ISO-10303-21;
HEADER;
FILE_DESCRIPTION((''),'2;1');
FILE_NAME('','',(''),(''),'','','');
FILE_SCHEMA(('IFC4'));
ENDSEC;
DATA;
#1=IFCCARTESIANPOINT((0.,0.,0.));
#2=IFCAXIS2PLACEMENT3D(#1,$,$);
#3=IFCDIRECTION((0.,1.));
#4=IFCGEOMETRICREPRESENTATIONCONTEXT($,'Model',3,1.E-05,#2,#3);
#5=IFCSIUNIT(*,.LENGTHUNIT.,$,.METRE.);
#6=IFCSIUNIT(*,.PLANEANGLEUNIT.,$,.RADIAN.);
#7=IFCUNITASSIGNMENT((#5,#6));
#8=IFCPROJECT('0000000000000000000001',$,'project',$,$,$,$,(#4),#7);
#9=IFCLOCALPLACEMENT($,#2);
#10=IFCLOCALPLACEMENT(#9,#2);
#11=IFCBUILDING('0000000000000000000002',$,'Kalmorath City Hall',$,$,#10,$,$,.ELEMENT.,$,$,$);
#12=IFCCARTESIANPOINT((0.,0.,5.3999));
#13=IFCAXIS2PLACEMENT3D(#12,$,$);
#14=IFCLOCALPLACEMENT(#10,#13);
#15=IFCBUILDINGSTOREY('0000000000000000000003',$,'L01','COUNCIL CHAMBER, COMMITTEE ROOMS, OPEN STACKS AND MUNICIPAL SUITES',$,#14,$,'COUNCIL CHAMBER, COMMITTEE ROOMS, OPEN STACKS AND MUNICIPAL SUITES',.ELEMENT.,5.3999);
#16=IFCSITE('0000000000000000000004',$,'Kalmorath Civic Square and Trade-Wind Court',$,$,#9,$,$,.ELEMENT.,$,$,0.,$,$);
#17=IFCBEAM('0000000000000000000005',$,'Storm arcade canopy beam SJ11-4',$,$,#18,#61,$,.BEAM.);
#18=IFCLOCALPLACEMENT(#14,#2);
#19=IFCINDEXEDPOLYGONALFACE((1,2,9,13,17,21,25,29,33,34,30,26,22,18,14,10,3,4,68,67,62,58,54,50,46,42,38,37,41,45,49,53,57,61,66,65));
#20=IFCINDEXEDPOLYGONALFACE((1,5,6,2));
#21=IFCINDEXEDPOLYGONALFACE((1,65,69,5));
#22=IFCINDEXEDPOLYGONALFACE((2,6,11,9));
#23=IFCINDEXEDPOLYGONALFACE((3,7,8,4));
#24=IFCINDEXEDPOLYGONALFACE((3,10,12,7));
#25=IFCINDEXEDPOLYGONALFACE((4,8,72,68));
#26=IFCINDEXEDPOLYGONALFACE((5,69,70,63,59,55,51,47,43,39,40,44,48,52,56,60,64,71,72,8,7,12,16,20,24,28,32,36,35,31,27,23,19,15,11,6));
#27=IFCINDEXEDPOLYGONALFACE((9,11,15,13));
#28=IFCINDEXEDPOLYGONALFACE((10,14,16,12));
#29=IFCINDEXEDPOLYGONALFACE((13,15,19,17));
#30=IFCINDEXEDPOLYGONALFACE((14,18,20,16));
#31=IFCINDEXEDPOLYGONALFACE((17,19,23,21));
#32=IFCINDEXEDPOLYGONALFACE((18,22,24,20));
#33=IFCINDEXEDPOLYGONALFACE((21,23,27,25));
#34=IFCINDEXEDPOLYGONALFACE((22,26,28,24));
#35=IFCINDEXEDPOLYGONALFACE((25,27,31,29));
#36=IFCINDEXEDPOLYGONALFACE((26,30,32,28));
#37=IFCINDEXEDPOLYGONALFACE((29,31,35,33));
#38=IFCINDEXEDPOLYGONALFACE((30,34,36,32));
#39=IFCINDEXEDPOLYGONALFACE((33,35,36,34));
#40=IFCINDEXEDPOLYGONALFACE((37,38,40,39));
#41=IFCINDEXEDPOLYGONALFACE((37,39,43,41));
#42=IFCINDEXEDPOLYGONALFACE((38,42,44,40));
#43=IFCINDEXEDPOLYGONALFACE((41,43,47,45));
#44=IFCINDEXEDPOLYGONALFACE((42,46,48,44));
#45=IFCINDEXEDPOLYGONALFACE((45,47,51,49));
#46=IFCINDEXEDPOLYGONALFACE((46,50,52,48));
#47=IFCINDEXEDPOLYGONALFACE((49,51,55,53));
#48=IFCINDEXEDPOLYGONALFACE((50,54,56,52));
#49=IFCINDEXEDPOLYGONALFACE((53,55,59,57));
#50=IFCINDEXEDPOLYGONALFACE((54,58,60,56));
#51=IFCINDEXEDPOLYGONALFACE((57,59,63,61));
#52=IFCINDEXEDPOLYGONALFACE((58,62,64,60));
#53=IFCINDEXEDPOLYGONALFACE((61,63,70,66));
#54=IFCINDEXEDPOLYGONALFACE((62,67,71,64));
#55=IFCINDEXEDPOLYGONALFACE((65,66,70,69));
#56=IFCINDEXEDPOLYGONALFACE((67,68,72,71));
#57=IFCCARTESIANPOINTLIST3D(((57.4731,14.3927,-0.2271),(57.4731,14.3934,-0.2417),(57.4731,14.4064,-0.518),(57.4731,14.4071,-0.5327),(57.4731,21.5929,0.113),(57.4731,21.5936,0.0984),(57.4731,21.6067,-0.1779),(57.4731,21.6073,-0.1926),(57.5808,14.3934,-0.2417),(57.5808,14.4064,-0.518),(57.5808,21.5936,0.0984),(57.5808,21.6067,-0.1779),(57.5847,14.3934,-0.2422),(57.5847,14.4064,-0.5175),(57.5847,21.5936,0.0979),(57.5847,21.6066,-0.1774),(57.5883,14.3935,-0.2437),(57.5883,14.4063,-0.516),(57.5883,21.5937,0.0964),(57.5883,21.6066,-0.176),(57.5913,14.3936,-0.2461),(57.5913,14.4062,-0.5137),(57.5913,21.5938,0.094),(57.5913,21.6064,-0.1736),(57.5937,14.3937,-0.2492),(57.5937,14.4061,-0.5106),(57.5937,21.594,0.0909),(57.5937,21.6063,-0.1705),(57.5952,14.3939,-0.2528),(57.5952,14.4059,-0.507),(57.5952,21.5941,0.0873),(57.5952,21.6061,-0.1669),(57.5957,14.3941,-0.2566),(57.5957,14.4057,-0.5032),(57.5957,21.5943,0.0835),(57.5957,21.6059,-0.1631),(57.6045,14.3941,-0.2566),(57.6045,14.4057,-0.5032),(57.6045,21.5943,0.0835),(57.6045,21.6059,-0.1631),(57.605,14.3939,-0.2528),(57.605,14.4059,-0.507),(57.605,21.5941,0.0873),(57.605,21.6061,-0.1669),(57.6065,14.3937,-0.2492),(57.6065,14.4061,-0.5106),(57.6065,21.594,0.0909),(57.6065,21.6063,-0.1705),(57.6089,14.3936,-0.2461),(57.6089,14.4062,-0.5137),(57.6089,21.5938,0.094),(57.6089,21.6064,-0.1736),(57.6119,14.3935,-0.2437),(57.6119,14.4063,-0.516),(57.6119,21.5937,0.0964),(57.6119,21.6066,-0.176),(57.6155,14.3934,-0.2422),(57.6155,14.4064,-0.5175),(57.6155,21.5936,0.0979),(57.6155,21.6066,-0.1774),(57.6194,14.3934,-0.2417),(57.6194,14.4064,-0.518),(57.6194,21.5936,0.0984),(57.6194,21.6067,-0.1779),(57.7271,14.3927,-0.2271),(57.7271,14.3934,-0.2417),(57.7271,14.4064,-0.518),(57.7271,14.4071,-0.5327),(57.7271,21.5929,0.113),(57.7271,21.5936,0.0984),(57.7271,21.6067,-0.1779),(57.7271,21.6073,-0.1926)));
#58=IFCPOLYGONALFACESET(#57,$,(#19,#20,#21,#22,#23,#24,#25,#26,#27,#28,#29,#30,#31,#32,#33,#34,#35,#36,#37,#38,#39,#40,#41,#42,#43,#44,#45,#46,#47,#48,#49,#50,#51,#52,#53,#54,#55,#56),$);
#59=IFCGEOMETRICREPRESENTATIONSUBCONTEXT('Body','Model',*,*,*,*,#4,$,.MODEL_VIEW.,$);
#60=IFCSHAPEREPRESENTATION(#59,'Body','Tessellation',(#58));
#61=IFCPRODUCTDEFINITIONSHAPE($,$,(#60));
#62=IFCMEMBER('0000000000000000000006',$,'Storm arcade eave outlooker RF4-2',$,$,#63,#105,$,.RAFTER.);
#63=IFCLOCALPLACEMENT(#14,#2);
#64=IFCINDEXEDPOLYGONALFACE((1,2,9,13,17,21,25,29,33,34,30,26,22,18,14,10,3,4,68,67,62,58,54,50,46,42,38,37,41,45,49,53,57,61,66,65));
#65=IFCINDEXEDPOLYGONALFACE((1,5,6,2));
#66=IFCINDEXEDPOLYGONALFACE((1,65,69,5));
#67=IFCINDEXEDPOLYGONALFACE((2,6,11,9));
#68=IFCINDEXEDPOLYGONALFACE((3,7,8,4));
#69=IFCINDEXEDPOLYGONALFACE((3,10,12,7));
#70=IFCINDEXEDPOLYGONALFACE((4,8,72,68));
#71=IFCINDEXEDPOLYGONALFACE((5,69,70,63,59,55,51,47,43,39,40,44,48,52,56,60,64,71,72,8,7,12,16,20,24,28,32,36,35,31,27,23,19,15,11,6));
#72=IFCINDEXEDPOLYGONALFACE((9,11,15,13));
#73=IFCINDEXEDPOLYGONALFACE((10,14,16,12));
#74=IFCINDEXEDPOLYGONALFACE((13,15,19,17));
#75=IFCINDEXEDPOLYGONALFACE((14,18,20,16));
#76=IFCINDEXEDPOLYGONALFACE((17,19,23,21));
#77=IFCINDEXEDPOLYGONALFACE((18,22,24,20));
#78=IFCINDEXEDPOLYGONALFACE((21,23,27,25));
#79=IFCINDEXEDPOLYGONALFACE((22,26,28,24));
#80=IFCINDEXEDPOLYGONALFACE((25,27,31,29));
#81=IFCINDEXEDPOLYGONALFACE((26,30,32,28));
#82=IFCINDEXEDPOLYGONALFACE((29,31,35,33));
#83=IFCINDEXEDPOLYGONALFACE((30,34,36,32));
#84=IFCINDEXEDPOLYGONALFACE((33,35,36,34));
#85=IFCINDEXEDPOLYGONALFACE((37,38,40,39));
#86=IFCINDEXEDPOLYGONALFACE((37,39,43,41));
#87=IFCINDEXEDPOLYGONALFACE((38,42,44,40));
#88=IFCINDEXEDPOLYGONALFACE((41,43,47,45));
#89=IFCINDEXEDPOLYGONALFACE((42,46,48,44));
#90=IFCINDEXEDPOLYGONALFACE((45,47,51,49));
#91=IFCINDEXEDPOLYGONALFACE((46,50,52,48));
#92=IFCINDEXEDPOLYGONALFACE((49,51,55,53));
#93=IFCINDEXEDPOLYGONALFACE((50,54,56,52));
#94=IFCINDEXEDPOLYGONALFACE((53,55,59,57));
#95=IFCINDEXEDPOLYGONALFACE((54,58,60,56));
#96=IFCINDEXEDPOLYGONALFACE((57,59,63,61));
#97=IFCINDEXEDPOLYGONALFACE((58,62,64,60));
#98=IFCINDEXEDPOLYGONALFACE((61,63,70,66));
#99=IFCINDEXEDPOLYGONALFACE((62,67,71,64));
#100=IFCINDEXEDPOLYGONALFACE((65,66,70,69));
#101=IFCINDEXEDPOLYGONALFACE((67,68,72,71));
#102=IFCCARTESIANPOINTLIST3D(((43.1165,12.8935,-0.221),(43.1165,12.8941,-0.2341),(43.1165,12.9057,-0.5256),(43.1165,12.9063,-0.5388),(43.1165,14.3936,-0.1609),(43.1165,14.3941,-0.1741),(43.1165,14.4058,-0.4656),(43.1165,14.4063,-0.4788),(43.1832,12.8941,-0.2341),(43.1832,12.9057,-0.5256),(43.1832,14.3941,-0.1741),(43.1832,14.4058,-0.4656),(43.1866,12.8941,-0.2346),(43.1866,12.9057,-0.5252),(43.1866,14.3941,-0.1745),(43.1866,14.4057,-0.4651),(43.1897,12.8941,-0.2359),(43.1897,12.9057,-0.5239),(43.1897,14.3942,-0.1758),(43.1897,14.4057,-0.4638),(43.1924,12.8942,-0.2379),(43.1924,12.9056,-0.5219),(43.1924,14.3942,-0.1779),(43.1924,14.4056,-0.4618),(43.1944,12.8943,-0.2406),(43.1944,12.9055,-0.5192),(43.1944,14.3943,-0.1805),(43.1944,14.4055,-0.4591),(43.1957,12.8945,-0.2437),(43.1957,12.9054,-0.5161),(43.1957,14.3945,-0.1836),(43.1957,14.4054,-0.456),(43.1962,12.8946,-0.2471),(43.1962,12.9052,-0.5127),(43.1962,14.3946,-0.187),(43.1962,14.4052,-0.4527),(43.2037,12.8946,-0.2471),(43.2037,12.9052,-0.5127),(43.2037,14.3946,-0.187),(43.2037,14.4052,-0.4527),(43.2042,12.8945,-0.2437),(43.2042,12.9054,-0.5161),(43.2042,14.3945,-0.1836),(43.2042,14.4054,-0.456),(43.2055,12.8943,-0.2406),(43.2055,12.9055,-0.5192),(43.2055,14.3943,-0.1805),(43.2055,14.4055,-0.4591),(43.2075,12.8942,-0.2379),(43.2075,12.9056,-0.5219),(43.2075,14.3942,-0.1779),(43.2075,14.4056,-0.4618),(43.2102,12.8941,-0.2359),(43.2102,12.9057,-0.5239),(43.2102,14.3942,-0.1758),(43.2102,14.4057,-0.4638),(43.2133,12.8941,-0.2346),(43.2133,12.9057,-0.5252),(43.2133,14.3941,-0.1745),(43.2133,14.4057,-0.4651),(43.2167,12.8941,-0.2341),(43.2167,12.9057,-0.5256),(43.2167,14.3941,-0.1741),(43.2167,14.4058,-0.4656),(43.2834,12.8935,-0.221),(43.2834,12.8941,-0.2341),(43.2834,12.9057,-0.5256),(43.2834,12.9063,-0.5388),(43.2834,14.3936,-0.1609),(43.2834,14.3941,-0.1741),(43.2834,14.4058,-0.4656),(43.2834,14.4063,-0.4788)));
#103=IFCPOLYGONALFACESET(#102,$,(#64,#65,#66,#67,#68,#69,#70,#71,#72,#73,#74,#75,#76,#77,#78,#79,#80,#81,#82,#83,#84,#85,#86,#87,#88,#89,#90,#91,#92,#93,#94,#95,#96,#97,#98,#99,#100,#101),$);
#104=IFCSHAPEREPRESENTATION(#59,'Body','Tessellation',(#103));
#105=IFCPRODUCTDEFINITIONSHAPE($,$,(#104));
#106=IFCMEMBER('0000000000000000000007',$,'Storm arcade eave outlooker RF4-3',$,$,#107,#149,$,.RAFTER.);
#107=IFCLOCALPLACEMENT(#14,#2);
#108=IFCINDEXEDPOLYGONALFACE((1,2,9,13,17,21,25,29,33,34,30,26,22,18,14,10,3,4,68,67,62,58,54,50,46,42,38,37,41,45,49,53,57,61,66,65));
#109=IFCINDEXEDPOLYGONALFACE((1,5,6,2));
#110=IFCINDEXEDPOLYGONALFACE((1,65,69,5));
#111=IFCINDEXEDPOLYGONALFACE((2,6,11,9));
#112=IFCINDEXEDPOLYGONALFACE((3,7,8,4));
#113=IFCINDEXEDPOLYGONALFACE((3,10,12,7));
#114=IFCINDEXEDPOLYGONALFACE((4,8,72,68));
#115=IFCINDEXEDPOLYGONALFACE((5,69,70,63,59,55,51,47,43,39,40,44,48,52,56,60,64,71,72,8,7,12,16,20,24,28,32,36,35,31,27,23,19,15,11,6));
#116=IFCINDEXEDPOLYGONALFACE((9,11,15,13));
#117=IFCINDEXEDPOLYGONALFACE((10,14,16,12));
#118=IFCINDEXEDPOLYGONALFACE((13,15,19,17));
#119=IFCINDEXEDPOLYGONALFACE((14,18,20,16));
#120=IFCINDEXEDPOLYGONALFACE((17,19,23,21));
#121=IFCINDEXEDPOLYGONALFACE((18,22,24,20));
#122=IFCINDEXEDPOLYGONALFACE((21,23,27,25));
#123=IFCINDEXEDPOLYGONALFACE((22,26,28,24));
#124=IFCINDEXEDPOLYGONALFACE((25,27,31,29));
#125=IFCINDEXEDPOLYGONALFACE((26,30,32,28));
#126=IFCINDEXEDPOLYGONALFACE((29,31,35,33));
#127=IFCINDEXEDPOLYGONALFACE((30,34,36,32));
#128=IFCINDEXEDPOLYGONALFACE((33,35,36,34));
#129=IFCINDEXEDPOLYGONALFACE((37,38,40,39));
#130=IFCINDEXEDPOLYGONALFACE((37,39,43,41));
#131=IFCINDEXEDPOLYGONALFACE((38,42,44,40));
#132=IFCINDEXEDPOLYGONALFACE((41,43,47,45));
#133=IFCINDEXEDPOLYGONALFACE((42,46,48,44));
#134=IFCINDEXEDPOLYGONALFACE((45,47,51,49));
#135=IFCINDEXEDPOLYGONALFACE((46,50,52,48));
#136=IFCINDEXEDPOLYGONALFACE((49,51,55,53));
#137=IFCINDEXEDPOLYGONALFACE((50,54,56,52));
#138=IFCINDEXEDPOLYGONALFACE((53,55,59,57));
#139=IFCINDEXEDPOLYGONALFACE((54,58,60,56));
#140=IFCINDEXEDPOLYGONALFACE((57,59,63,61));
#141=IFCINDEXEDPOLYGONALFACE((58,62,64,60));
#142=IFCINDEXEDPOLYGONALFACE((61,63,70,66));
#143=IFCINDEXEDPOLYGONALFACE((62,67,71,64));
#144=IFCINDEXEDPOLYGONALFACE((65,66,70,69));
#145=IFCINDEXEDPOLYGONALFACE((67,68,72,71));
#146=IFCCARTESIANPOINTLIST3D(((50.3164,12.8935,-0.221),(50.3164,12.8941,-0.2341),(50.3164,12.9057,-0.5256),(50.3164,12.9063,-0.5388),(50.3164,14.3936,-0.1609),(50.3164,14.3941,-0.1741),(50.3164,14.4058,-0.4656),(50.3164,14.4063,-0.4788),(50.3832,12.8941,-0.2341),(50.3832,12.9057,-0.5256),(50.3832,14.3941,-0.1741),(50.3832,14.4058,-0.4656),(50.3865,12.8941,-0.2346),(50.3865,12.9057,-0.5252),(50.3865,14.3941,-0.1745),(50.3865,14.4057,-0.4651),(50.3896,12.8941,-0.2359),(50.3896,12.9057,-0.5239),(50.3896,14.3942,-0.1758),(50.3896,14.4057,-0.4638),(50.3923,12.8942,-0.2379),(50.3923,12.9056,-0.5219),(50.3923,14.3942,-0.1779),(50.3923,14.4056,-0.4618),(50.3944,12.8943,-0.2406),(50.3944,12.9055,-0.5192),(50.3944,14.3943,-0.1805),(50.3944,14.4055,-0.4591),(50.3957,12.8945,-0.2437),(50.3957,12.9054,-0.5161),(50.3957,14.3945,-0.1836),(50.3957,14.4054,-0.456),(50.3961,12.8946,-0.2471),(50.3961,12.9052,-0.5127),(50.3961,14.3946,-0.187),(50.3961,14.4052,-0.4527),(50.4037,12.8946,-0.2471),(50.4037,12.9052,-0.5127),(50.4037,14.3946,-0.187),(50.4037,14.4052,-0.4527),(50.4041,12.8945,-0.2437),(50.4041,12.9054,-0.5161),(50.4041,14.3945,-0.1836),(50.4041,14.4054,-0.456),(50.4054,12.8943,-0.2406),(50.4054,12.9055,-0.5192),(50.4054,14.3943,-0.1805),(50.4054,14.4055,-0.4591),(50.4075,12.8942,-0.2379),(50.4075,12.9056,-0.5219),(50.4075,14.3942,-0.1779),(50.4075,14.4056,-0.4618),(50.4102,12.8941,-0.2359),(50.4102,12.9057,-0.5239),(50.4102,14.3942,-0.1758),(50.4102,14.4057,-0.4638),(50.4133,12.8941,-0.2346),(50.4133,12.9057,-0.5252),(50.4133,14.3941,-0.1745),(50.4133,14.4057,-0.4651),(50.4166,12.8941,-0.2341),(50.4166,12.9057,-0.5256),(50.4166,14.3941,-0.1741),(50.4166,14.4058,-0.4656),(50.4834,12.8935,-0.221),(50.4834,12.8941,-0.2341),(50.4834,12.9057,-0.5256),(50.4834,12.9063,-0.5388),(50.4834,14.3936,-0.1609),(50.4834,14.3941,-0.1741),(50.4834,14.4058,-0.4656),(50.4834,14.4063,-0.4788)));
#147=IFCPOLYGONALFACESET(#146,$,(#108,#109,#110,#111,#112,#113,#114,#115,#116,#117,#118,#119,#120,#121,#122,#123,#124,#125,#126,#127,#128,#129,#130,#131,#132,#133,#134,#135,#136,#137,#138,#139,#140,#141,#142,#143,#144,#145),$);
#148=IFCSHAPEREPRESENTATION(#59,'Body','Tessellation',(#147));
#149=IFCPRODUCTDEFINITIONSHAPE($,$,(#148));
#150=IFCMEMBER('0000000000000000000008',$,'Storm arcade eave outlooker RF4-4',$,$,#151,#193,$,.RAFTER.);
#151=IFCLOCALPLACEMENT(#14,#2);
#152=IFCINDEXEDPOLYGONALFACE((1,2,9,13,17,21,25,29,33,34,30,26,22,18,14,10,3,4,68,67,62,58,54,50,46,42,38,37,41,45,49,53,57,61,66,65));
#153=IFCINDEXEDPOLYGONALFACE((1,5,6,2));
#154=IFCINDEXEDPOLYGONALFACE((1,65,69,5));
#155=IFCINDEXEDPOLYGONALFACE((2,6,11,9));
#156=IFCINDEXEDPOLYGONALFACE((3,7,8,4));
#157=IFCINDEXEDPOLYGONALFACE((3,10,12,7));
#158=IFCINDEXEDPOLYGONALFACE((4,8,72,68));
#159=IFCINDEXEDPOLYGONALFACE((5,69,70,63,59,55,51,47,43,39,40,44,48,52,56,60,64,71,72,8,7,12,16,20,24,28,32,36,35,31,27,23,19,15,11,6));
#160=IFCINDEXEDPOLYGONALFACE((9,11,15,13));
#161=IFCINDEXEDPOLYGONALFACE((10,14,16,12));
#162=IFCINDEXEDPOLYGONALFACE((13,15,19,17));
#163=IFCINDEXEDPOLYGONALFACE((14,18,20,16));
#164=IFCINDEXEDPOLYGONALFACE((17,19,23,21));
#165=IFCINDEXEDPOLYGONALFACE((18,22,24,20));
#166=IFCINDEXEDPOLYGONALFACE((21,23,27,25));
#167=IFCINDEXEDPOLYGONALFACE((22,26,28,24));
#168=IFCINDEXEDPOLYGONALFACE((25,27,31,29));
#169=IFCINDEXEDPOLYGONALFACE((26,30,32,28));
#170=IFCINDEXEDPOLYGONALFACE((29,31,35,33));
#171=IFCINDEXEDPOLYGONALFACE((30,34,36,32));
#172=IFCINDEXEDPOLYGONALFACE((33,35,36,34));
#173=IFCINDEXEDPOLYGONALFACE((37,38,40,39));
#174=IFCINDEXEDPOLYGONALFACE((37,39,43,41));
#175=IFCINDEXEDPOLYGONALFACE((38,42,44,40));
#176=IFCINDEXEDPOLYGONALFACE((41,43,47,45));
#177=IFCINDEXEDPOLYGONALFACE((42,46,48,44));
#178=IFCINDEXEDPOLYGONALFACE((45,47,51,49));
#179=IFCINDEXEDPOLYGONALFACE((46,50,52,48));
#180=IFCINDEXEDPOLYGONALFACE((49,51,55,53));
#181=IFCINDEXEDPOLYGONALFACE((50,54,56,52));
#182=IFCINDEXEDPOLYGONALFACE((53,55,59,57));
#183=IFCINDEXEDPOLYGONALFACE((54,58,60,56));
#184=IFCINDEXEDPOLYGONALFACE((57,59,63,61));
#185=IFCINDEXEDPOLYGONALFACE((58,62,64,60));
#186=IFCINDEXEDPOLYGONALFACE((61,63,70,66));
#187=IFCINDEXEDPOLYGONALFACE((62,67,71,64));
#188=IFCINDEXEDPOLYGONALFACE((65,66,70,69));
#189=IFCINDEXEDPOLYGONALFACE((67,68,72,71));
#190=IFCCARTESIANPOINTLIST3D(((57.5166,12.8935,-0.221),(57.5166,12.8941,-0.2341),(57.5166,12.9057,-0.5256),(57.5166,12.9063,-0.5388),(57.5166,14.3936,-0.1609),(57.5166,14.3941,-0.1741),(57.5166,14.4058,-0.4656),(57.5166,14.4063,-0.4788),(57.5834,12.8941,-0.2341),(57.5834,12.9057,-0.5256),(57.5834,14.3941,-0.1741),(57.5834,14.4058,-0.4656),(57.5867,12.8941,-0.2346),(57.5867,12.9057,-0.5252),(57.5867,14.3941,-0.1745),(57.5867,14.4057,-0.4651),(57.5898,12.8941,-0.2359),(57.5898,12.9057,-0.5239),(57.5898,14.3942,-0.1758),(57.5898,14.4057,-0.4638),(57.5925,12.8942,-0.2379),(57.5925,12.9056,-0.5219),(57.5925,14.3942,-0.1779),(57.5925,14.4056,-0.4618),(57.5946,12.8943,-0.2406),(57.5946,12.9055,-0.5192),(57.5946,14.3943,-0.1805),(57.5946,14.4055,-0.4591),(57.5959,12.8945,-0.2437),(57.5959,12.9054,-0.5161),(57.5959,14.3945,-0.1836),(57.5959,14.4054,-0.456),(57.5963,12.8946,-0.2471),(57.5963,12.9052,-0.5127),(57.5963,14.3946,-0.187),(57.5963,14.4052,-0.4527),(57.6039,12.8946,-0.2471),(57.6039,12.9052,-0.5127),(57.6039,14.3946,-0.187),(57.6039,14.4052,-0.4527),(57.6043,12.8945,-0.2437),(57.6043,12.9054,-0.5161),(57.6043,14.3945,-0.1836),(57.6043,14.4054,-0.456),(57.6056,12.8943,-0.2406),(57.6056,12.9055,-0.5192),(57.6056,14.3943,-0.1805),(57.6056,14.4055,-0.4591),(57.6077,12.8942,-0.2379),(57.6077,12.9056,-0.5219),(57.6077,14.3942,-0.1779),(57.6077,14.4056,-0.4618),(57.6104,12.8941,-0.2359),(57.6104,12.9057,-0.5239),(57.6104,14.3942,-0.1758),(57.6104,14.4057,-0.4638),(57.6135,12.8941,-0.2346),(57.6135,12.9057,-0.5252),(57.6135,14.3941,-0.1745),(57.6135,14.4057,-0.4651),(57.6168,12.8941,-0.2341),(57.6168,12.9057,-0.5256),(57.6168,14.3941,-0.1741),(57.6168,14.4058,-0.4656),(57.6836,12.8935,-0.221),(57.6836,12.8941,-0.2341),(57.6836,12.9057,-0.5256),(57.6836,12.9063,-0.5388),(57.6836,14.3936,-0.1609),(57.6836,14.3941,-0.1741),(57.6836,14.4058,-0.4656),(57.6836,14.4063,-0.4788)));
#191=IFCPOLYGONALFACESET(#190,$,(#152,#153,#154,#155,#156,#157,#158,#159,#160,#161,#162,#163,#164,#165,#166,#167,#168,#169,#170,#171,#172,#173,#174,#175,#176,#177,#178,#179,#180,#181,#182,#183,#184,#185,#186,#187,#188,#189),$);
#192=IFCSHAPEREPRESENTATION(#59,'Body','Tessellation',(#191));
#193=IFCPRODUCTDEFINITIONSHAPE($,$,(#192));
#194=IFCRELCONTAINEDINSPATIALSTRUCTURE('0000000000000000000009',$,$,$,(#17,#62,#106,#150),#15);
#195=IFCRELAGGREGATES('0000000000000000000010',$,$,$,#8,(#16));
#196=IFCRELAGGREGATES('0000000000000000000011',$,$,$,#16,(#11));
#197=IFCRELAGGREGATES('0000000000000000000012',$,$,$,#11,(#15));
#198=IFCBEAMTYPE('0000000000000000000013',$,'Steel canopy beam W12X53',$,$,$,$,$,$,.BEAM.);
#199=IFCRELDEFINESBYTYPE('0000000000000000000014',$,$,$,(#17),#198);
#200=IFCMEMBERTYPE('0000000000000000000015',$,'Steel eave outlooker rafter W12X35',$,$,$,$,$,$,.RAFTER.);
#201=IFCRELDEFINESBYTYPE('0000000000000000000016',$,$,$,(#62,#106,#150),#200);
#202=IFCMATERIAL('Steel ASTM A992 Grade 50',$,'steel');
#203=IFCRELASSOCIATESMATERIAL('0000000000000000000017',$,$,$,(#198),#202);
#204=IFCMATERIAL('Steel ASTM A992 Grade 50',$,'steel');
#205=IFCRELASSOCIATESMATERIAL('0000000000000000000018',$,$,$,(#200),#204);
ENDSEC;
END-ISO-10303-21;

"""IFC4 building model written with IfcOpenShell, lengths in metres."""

from ifc_helpers import new_model, si_unit, direction, frame, origin, origin_2d, place, context, subcontext, project, spatial, i_section, extrude, material, material_profile, profile_set, type_object, element, save


model = new_model("IFC4")

# Units and contexts
model_context = context("Model", 3, precision=1e-05, world=origin(), true_north=direction((0.0, 1.0)))
body_context = subcontext(model_context, "Body", "Model", "MODEL_VIEW")
ifc_project = project(units=[si_unit("LENGTHUNIT", "METRE"), si_unit("PLANEANGLEUNIT", "RADIAN")], contexts=[model_context])

# Site, building, storey
site_placement = place(None, origin())
site = spatial("IfcSite", under=ifc_project, at=site_placement, Name="Kalmorath Civic Square and Trade-Wind Court", CompositionType="ELEMENT", RefElevation=0.0)
building_placement = place(site_placement, origin())
building = spatial("IfcBuilding", under=site, at=building_placement, Name="Kalmorath City Hall", CompositionType="ELEMENT")
storey_placement = place(building_placement, frame((0.0, 0.0, 5.3999)))
storey = spatial("IfcBuildingStorey", under=building, at=storey_placement, Name="L01", Description="COUNCIL CHAMBER, COMMITTEE ROOMS, OPEN STACKS AND MUNICIPAL SUITES", LongName="COUNCIL CHAMBER, COMMITTEE ROOMS, OPEN STACKS AND MUNICIPAL SUITES", CompositionType="ELEMENT", Elevation=5.3999)

# Beam
ifc_material_1 = material(Name="Steel ASTM A992 Grade 50", Category="steel")
ifc_material_profile_1 = material_profile(ifc_material_1, i_section(OverallWidth=0.2539, OverallDepth=0.3059, WebThickness=0.0088, FlangeThickness=0.0146, FilletRadius=0.0149, at=origin_2d()), Name="W12X53")
ifc_profile_set_1 = profile_set([ifc_material_profile_1], Name="Steel ASTM A992 Grade 50")
beam_type = type_object("IfcBeamType", Name="Steel canopy beam W12X53", PredefinedType="BEAM", material=ifc_profile_set_1)
for number, where, z_axis, x_axis, name in (
    (1, (57.6001, 14.3999, -0.3799), (0.0, 0.998886, 0.047181), (-1.0, 0.0, 0.0), "Storm arcade canopy beam SJ11-4"),
):
    element("IfcBeam", number, at=place(storey_placement, frame(where, z_axis=z_axis, x_axis=x_axis)), inside=storey, type_object=beam_type, Name=name, PredefinedType="BEAM", context=body_context, shape_type="SweptSolid", body=[
        extrude(i_section(OverallWidth=0.2539, OverallDepth=0.3059, WebThickness=0.0088, FlangeThickness=0.0146, FilletRadius=0.0149, at=origin_2d()), origin(), (0.0, 0.0, 1.0), 7.2083),
    ])

# Members
ifc_material_2 = material(Name="Steel ASTM A992 Grade 50", Category="steel")
ifc_material_profile_2 = material_profile(ifc_material_2, i_section(OverallWidth=0.167, OverallDepth=0.3181, WebThickness=0.0076, FlangeThickness=0.0132, FilletRadius=0.0129, at=origin_2d()), Name="W12X35")
ifc_profile_set_2 = profile_set([ifc_material_profile_2], Name="Steel ASTM A992 Grade 50")
member_type_1 = type_object("IfcMemberType", Name="Steel eave outlooker rafter W12X35", PredefinedType="RAFTER", material=ifc_profile_set_2)
for number, where, z_axis, x_axis, name in (
    (2, (43.2, 12.8999, -0.3799), (0.0, 0.999199, 0.040007), (-1.0, 0.0, 0.0), "Storm arcade eave outlooker RF4-2"),
    (3, (50.3999, 12.8999, -0.3799), (0.0, 0.999199, 0.040007), (-1.0, 0.0, 0.0), "Storm arcade eave outlooker RF4-3"),
    (4, (57.6001, 12.8999, -0.3799), (0.0, 0.999199, 0.040007), (-1.0, 0.0, 0.0), "Storm arcade eave outlooker RF4-4"),
):
    element("IfcMember", number, at=place(storey_placement, frame(where, z_axis=z_axis, x_axis=x_axis)), inside=storey, type_object=member_type_1, Name=name, PredefinedType="RAFTER", context=body_context, shape_type="SweptSolid", body=[
        extrude(i_section(OverallWidth=0.167, OverallDepth=0.3181, WebThickness=0.0076, FlangeThickness=0.0132, FilletRadius=0.0129, at=origin_2d()), origin(), (0.0, 0.0, 1.0), 1.5012),
    ])

save(model, "model.ifc")
